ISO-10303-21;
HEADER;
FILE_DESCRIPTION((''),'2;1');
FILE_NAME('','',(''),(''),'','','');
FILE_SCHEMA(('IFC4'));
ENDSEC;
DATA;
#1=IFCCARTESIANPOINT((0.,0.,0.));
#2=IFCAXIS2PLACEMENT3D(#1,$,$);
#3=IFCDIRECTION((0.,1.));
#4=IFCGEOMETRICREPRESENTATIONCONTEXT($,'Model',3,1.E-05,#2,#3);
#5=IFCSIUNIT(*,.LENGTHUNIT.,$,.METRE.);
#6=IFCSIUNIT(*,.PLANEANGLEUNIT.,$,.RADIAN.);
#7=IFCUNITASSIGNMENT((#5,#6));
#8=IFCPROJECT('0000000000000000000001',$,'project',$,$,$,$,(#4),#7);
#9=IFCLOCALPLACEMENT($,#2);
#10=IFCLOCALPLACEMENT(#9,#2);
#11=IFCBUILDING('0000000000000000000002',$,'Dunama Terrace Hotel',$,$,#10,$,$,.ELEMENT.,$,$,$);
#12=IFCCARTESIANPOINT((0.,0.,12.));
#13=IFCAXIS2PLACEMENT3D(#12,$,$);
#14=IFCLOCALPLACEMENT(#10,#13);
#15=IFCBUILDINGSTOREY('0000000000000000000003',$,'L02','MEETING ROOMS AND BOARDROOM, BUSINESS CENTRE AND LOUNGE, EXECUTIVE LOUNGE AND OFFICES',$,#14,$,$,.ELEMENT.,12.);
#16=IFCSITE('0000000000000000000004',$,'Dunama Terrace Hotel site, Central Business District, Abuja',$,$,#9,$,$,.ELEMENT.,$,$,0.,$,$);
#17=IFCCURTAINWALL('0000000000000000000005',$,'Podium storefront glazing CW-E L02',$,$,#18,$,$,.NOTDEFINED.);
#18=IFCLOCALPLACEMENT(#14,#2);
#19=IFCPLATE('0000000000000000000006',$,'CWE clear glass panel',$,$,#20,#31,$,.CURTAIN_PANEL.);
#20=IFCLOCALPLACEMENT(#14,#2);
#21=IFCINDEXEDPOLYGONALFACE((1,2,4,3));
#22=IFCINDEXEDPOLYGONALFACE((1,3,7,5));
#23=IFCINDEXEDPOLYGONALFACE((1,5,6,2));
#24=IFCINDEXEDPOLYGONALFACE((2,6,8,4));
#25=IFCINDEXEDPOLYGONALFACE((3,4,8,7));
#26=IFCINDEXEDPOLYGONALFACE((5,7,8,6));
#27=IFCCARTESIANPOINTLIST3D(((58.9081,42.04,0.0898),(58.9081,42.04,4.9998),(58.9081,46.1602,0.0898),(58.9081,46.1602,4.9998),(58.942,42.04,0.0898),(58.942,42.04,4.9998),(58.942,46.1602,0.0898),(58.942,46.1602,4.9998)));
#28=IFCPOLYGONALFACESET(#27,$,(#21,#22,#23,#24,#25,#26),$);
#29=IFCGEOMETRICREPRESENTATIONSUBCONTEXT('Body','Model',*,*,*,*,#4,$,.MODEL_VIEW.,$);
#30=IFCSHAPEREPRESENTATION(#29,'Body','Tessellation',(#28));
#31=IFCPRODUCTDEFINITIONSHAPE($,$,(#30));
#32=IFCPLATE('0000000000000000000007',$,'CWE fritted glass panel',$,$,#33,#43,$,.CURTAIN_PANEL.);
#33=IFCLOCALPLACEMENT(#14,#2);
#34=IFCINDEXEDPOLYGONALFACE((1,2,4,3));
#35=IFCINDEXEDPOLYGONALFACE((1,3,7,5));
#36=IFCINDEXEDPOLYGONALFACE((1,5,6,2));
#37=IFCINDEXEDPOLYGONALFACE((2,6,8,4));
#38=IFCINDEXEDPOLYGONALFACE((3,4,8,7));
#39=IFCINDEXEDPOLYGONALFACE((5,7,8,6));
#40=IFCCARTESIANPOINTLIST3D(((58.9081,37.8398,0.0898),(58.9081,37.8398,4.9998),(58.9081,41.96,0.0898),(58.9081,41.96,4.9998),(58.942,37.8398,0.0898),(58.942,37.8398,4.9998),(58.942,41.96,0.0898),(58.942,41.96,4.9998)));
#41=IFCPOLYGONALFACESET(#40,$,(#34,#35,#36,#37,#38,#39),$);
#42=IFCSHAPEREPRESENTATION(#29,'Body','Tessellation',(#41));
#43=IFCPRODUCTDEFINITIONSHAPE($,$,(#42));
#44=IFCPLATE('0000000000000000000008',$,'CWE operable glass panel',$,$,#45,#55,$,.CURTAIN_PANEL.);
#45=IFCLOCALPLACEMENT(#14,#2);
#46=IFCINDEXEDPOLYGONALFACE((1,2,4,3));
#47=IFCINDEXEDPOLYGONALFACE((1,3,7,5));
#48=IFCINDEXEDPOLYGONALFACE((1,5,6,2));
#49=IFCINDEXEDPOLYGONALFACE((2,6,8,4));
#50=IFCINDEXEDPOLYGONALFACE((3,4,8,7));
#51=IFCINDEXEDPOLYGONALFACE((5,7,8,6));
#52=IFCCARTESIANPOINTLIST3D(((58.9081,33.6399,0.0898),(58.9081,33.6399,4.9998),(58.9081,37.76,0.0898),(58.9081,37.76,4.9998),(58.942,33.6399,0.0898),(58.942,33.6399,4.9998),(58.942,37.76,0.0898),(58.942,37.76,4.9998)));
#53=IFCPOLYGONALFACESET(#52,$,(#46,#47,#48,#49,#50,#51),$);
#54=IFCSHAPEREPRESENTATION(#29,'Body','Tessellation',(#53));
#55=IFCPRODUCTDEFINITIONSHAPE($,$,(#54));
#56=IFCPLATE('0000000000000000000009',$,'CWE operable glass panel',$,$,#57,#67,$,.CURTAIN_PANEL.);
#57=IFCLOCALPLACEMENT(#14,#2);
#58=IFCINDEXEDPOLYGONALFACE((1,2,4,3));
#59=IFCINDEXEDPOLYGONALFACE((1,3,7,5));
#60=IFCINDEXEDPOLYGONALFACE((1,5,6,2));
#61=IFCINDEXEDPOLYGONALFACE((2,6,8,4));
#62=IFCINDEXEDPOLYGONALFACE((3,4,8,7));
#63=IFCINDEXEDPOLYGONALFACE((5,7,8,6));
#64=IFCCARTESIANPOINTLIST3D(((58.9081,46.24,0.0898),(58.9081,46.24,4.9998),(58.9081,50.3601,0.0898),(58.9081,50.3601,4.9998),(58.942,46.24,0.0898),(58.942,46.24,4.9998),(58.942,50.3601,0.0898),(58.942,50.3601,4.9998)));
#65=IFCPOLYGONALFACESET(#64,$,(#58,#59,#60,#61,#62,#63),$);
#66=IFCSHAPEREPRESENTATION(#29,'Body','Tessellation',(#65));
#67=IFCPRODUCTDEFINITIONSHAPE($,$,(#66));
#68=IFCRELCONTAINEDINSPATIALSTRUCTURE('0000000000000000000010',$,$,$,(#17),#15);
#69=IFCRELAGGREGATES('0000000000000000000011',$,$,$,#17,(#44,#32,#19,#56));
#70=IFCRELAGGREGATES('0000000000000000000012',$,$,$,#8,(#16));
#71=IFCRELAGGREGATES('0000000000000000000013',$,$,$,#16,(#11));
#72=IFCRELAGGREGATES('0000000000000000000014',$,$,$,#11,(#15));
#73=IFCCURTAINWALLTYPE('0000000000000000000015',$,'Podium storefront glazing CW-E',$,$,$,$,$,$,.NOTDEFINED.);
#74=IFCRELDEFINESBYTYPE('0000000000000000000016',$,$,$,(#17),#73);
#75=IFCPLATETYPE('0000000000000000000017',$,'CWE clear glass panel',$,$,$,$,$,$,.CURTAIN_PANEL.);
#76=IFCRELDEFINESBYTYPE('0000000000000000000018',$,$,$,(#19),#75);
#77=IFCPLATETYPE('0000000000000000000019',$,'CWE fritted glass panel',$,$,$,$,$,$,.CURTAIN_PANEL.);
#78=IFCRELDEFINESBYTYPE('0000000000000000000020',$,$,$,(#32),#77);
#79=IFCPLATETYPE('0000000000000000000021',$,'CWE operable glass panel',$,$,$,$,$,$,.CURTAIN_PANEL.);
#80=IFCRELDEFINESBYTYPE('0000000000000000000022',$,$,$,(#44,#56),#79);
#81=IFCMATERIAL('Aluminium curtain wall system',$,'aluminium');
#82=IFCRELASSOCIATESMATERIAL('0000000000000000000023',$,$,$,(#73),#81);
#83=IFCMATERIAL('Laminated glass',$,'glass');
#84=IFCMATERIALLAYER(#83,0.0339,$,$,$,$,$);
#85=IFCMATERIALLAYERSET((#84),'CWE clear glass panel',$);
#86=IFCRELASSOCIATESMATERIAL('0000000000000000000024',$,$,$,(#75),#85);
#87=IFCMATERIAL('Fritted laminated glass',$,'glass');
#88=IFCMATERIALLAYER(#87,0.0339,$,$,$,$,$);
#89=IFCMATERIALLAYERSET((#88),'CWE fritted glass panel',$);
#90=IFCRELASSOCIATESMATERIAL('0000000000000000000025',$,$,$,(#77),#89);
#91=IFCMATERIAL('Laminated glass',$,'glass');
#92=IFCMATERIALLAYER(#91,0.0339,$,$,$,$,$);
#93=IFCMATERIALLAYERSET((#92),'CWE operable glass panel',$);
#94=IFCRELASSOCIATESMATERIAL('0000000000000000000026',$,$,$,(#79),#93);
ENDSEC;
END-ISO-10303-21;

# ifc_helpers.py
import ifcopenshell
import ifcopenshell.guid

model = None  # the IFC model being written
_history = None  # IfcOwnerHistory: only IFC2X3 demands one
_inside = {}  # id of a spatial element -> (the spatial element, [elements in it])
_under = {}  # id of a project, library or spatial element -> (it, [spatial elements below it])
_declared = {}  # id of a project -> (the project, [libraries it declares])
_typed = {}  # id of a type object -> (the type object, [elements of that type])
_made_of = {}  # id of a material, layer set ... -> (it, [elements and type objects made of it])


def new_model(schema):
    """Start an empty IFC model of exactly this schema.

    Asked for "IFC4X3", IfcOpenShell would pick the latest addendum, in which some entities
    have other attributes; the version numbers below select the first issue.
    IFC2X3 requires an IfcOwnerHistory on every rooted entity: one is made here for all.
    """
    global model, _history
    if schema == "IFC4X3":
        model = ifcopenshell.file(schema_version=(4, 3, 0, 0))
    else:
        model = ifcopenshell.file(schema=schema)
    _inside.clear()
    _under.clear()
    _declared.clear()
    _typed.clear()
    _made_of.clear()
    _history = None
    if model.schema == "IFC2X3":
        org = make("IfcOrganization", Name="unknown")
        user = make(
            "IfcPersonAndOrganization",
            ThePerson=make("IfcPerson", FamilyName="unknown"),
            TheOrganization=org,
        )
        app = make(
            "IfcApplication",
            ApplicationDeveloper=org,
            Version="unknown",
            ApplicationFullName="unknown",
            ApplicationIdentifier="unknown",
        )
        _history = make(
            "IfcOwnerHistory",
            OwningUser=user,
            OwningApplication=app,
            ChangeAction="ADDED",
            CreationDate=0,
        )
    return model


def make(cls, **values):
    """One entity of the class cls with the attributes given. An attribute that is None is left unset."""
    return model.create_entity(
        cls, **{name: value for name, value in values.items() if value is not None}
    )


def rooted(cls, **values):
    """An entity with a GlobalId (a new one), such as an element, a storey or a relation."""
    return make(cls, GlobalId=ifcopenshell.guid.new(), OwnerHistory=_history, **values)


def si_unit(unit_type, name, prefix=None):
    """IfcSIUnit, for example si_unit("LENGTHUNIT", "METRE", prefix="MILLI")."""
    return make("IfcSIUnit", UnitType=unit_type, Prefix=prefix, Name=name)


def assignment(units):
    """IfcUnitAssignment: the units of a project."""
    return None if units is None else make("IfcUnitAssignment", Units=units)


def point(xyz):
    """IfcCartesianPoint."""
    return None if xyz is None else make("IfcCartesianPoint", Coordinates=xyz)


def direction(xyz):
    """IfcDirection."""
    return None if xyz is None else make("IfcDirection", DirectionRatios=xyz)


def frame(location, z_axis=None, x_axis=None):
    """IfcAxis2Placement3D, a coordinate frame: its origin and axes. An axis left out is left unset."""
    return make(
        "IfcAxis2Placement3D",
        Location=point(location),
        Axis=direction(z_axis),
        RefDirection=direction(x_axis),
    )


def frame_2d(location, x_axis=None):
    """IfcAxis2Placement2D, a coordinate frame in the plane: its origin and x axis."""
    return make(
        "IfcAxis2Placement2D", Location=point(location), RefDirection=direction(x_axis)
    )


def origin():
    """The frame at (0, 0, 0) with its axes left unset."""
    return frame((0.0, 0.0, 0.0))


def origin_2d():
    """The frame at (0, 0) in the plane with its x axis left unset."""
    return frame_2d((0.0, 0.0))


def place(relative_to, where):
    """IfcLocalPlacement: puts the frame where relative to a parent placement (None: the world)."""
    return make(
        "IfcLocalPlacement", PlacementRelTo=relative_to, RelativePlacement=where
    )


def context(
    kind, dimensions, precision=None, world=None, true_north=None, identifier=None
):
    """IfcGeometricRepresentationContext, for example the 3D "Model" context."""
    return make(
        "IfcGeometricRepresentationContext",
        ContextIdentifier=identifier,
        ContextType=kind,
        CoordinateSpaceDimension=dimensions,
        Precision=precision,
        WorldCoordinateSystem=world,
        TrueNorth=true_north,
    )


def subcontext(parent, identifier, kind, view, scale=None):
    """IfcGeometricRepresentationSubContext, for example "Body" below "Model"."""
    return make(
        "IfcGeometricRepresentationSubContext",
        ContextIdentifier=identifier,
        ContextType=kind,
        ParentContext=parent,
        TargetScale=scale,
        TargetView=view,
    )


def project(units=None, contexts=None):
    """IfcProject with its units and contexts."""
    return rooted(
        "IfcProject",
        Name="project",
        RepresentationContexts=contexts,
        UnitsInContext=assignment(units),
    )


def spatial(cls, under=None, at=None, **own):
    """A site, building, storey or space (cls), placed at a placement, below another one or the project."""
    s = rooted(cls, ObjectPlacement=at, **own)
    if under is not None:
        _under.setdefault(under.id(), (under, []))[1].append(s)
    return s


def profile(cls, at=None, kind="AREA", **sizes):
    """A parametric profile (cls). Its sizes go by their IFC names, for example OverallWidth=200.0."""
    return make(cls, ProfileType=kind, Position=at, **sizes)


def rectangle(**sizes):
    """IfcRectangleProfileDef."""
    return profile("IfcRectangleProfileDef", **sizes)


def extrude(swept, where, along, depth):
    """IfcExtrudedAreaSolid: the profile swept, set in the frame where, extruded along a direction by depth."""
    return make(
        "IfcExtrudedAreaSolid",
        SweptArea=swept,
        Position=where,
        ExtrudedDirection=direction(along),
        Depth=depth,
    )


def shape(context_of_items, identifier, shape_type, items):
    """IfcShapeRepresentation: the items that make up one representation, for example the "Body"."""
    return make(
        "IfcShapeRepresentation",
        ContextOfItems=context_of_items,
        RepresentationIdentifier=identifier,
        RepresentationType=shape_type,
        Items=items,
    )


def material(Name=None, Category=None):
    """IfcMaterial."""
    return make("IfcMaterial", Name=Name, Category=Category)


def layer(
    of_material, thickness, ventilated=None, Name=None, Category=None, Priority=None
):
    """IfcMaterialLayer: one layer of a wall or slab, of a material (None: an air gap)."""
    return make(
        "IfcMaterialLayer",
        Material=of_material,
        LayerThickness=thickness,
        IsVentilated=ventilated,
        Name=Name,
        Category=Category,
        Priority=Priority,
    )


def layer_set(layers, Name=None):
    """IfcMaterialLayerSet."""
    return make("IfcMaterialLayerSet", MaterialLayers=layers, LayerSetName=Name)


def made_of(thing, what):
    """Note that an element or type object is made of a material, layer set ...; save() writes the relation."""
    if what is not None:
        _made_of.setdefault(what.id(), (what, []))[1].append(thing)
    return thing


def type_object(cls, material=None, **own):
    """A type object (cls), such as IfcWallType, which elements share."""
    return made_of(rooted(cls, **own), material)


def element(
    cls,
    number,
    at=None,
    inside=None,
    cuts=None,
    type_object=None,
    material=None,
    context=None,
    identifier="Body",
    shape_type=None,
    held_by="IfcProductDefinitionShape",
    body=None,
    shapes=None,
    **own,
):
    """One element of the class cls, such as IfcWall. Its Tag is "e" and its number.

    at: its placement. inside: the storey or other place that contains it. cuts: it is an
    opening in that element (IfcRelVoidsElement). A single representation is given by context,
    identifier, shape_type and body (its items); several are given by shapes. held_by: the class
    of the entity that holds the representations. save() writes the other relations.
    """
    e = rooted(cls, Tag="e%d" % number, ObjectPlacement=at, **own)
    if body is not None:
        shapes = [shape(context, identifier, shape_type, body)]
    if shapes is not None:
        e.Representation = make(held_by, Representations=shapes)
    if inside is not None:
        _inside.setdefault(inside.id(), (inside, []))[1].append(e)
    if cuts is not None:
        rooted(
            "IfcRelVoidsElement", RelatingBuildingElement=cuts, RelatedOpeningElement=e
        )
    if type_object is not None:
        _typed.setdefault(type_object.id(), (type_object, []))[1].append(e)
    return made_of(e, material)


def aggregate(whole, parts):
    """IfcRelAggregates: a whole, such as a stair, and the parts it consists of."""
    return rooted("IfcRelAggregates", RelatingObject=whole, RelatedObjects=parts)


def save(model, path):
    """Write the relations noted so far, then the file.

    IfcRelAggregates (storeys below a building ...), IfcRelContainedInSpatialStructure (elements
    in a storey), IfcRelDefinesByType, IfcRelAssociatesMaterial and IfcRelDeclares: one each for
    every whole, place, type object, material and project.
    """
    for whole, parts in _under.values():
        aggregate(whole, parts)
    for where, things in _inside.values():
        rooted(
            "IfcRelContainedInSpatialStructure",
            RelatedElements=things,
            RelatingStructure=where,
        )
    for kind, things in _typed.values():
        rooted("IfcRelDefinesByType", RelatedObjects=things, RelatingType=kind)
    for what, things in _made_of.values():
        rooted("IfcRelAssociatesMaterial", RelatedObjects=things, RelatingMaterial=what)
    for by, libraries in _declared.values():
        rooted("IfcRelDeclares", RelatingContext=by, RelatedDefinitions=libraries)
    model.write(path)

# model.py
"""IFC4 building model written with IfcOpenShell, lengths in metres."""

from ifc_helpers import new_model, si_unit, direction, frame, origin, origin_2d, place, context, subcontext, project, spatial, rectangle, extrude, material, layer, layer_set, type_object, element, aggregate, save


model = new_model("IFC4")

# Units and contexts
model_context = context("Model", 3, precision=1e-05, world=origin(), true_north=direction((0.0, 1.0)))
body_context = subcontext(model_context, "Body", "Model", "MODEL_VIEW")
ifc_project = project(units=[si_unit("LENGTHUNIT", "METRE"), si_unit("PLANEANGLEUNIT", "RADIAN")], contexts=[model_context])

# Site, building, storey
site_placement = place(None, origin())
site = spatial("IfcSite", under=ifc_project, at=site_placement, Name="Dunama Terrace Hotel site, Central Business District, Abuja", CompositionType="ELEMENT", RefElevation=0.0)
building_placement = place(site_placement, origin())
building = spatial("IfcBuilding", under=site, at=building_placement, Name="Dunama Terrace Hotel", CompositionType="ELEMENT")
storey_placement = place(building_placement, frame((0.0, 0.0, 12.0)))
storey = spatial("IfcBuildingStorey", under=building, at=storey_placement, Name="L02", Description="MEETING ROOMS AND BOARDROOM, BUSINESS CENTRE AND LOUNGE, EXECUTIVE LOUNGE AND OFFICES", CompositionType="ELEMENT", Elevation=12.0)

# Curtain wall, plates
ifc_material_1 = material(Name="Aluminium curtain wall system", Category="aluminium")
curtain_wall_type = type_object("IfcCurtainWallType", Name="Podium storefront glazing CW-E", PredefinedType="NOTDEFINED", material=ifc_material_1)
curtain_wall_placement = place(storey_placement, origin())
curtain_wall = element("IfcCurtainWall", 1, at=curtain_wall_placement, inside=storey, type_object=curtain_wall_type, Name="Podium storefront glazing CW-E L02", PredefinedType="NOTDEFINED")
ifc_material_2 = material(Name="Laminated glass", Category="glass")
ifc_layer_1 = layer(ifc_material_2, 0.0339)
ifc_layer_set_1 = layer_set([ifc_layer_1], Name="CWE clear glass panel")
plate_type_1 = type_object("IfcPlateType", Name="CWE clear glass panel", PredefinedType="CURTAIN_PANEL", material=ifc_layer_set_1)
plate_1_placement = place(storey_placement, frame((58.925, 44.1001, 0.0898), z_axis=(0.0, 0.0, 1.0), x_axis=(0.0, 1.0, 0.0)))
plate_1 = element("IfcPlate", 2, at=plate_1_placement, type_object=plate_type_1, Name="CWE clear glass panel", PredefinedType="CURTAIN_PANEL", context=body_context, shape_type="SweptSolid", body=[
    extrude(rectangle(XDim=4.1201, YDim=0.0339, at=origin_2d()), origin(), (0.0, 0.0, 1.0), 4.9099),
])
ifc_material_3 = material(Name="Fritted laminated glass", Category="glass")
ifc_layer_2 = layer(ifc_material_3, 0.0339)
ifc_layer_set_2 = layer_set([ifc_layer_2], Name="CWE fritted glass panel")
plate_type_2 = type_object("IfcPlateType", Name="CWE fritted glass panel", PredefinedType="CURTAIN_PANEL", material=ifc_layer_set_2)
plate_2_placement = place(storey_placement, frame((58.925, 39.8999, 0.0898), z_axis=(0.0, 0.0, 1.0), x_axis=(0.0, 1.0, 0.0)))
plate_2 = element("IfcPlate", 3, at=plate_2_placement, type_object=plate_type_2, Name="CWE fritted glass panel", PredefinedType="CURTAIN_PANEL", context=body_context, shape_type="SweptSolid", body=[
    extrude(rectangle(XDim=4.1201, YDim=0.0339, at=origin_2d()), origin(), (0.0, 0.0, 1.0), 4.9099),
])
ifc_material_4 = material(Name="Laminated glass", Category="glass")
ifc_layer_3 = layer(ifc_material_4, 0.0339)
ifc_layer_set_3 = layer_set([ifc_layer_3], Name="CWE operable glass panel")
plate_type_3 = type_object("IfcPlateType", Name="CWE operable glass panel", PredefinedType="CURTAIN_PANEL", material=ifc_layer_set_3)
plate_3_placement = place(storey_placement, frame((58.925, 35.7, 0.0898), z_axis=(0.0, 0.0, 1.0), x_axis=(0.0, 1.0, 0.0)))
plate_3 = element("IfcPlate", 4, at=plate_3_placement, type_object=plate_type_3, Name="CWE operable glass panel", PredefinedType="CURTAIN_PANEL", context=body_context, shape_type="SweptSolid", body=[
    extrude(rectangle(XDim=4.1201, YDim=0.0339, at=origin_2d()), origin(), (0.0, 0.0, 1.0), 4.9099),
])
plate_4_placement = place(storey_placement, frame((58.925, 48.3, 0.0898), z_axis=(0.0, 0.0, 1.0), x_axis=(0.0, 1.0, 0.0)))
plate_4 = element("IfcPlate", 5, at=plate_4_placement, type_object=plate_type_3, Name="CWE operable glass panel", PredefinedType="CURTAIN_PANEL", context=body_context, shape_type="SweptSolid", body=[
    extrude(rectangle(XDim=4.1201, YDim=0.0339, at=origin_2d()), origin(), (0.0, 0.0, 1.0), 4.9099),
])
aggregate(curtain_wall, [plate_3, plate_2, plate_1, plate_4])

save(model, "model.ifc")
